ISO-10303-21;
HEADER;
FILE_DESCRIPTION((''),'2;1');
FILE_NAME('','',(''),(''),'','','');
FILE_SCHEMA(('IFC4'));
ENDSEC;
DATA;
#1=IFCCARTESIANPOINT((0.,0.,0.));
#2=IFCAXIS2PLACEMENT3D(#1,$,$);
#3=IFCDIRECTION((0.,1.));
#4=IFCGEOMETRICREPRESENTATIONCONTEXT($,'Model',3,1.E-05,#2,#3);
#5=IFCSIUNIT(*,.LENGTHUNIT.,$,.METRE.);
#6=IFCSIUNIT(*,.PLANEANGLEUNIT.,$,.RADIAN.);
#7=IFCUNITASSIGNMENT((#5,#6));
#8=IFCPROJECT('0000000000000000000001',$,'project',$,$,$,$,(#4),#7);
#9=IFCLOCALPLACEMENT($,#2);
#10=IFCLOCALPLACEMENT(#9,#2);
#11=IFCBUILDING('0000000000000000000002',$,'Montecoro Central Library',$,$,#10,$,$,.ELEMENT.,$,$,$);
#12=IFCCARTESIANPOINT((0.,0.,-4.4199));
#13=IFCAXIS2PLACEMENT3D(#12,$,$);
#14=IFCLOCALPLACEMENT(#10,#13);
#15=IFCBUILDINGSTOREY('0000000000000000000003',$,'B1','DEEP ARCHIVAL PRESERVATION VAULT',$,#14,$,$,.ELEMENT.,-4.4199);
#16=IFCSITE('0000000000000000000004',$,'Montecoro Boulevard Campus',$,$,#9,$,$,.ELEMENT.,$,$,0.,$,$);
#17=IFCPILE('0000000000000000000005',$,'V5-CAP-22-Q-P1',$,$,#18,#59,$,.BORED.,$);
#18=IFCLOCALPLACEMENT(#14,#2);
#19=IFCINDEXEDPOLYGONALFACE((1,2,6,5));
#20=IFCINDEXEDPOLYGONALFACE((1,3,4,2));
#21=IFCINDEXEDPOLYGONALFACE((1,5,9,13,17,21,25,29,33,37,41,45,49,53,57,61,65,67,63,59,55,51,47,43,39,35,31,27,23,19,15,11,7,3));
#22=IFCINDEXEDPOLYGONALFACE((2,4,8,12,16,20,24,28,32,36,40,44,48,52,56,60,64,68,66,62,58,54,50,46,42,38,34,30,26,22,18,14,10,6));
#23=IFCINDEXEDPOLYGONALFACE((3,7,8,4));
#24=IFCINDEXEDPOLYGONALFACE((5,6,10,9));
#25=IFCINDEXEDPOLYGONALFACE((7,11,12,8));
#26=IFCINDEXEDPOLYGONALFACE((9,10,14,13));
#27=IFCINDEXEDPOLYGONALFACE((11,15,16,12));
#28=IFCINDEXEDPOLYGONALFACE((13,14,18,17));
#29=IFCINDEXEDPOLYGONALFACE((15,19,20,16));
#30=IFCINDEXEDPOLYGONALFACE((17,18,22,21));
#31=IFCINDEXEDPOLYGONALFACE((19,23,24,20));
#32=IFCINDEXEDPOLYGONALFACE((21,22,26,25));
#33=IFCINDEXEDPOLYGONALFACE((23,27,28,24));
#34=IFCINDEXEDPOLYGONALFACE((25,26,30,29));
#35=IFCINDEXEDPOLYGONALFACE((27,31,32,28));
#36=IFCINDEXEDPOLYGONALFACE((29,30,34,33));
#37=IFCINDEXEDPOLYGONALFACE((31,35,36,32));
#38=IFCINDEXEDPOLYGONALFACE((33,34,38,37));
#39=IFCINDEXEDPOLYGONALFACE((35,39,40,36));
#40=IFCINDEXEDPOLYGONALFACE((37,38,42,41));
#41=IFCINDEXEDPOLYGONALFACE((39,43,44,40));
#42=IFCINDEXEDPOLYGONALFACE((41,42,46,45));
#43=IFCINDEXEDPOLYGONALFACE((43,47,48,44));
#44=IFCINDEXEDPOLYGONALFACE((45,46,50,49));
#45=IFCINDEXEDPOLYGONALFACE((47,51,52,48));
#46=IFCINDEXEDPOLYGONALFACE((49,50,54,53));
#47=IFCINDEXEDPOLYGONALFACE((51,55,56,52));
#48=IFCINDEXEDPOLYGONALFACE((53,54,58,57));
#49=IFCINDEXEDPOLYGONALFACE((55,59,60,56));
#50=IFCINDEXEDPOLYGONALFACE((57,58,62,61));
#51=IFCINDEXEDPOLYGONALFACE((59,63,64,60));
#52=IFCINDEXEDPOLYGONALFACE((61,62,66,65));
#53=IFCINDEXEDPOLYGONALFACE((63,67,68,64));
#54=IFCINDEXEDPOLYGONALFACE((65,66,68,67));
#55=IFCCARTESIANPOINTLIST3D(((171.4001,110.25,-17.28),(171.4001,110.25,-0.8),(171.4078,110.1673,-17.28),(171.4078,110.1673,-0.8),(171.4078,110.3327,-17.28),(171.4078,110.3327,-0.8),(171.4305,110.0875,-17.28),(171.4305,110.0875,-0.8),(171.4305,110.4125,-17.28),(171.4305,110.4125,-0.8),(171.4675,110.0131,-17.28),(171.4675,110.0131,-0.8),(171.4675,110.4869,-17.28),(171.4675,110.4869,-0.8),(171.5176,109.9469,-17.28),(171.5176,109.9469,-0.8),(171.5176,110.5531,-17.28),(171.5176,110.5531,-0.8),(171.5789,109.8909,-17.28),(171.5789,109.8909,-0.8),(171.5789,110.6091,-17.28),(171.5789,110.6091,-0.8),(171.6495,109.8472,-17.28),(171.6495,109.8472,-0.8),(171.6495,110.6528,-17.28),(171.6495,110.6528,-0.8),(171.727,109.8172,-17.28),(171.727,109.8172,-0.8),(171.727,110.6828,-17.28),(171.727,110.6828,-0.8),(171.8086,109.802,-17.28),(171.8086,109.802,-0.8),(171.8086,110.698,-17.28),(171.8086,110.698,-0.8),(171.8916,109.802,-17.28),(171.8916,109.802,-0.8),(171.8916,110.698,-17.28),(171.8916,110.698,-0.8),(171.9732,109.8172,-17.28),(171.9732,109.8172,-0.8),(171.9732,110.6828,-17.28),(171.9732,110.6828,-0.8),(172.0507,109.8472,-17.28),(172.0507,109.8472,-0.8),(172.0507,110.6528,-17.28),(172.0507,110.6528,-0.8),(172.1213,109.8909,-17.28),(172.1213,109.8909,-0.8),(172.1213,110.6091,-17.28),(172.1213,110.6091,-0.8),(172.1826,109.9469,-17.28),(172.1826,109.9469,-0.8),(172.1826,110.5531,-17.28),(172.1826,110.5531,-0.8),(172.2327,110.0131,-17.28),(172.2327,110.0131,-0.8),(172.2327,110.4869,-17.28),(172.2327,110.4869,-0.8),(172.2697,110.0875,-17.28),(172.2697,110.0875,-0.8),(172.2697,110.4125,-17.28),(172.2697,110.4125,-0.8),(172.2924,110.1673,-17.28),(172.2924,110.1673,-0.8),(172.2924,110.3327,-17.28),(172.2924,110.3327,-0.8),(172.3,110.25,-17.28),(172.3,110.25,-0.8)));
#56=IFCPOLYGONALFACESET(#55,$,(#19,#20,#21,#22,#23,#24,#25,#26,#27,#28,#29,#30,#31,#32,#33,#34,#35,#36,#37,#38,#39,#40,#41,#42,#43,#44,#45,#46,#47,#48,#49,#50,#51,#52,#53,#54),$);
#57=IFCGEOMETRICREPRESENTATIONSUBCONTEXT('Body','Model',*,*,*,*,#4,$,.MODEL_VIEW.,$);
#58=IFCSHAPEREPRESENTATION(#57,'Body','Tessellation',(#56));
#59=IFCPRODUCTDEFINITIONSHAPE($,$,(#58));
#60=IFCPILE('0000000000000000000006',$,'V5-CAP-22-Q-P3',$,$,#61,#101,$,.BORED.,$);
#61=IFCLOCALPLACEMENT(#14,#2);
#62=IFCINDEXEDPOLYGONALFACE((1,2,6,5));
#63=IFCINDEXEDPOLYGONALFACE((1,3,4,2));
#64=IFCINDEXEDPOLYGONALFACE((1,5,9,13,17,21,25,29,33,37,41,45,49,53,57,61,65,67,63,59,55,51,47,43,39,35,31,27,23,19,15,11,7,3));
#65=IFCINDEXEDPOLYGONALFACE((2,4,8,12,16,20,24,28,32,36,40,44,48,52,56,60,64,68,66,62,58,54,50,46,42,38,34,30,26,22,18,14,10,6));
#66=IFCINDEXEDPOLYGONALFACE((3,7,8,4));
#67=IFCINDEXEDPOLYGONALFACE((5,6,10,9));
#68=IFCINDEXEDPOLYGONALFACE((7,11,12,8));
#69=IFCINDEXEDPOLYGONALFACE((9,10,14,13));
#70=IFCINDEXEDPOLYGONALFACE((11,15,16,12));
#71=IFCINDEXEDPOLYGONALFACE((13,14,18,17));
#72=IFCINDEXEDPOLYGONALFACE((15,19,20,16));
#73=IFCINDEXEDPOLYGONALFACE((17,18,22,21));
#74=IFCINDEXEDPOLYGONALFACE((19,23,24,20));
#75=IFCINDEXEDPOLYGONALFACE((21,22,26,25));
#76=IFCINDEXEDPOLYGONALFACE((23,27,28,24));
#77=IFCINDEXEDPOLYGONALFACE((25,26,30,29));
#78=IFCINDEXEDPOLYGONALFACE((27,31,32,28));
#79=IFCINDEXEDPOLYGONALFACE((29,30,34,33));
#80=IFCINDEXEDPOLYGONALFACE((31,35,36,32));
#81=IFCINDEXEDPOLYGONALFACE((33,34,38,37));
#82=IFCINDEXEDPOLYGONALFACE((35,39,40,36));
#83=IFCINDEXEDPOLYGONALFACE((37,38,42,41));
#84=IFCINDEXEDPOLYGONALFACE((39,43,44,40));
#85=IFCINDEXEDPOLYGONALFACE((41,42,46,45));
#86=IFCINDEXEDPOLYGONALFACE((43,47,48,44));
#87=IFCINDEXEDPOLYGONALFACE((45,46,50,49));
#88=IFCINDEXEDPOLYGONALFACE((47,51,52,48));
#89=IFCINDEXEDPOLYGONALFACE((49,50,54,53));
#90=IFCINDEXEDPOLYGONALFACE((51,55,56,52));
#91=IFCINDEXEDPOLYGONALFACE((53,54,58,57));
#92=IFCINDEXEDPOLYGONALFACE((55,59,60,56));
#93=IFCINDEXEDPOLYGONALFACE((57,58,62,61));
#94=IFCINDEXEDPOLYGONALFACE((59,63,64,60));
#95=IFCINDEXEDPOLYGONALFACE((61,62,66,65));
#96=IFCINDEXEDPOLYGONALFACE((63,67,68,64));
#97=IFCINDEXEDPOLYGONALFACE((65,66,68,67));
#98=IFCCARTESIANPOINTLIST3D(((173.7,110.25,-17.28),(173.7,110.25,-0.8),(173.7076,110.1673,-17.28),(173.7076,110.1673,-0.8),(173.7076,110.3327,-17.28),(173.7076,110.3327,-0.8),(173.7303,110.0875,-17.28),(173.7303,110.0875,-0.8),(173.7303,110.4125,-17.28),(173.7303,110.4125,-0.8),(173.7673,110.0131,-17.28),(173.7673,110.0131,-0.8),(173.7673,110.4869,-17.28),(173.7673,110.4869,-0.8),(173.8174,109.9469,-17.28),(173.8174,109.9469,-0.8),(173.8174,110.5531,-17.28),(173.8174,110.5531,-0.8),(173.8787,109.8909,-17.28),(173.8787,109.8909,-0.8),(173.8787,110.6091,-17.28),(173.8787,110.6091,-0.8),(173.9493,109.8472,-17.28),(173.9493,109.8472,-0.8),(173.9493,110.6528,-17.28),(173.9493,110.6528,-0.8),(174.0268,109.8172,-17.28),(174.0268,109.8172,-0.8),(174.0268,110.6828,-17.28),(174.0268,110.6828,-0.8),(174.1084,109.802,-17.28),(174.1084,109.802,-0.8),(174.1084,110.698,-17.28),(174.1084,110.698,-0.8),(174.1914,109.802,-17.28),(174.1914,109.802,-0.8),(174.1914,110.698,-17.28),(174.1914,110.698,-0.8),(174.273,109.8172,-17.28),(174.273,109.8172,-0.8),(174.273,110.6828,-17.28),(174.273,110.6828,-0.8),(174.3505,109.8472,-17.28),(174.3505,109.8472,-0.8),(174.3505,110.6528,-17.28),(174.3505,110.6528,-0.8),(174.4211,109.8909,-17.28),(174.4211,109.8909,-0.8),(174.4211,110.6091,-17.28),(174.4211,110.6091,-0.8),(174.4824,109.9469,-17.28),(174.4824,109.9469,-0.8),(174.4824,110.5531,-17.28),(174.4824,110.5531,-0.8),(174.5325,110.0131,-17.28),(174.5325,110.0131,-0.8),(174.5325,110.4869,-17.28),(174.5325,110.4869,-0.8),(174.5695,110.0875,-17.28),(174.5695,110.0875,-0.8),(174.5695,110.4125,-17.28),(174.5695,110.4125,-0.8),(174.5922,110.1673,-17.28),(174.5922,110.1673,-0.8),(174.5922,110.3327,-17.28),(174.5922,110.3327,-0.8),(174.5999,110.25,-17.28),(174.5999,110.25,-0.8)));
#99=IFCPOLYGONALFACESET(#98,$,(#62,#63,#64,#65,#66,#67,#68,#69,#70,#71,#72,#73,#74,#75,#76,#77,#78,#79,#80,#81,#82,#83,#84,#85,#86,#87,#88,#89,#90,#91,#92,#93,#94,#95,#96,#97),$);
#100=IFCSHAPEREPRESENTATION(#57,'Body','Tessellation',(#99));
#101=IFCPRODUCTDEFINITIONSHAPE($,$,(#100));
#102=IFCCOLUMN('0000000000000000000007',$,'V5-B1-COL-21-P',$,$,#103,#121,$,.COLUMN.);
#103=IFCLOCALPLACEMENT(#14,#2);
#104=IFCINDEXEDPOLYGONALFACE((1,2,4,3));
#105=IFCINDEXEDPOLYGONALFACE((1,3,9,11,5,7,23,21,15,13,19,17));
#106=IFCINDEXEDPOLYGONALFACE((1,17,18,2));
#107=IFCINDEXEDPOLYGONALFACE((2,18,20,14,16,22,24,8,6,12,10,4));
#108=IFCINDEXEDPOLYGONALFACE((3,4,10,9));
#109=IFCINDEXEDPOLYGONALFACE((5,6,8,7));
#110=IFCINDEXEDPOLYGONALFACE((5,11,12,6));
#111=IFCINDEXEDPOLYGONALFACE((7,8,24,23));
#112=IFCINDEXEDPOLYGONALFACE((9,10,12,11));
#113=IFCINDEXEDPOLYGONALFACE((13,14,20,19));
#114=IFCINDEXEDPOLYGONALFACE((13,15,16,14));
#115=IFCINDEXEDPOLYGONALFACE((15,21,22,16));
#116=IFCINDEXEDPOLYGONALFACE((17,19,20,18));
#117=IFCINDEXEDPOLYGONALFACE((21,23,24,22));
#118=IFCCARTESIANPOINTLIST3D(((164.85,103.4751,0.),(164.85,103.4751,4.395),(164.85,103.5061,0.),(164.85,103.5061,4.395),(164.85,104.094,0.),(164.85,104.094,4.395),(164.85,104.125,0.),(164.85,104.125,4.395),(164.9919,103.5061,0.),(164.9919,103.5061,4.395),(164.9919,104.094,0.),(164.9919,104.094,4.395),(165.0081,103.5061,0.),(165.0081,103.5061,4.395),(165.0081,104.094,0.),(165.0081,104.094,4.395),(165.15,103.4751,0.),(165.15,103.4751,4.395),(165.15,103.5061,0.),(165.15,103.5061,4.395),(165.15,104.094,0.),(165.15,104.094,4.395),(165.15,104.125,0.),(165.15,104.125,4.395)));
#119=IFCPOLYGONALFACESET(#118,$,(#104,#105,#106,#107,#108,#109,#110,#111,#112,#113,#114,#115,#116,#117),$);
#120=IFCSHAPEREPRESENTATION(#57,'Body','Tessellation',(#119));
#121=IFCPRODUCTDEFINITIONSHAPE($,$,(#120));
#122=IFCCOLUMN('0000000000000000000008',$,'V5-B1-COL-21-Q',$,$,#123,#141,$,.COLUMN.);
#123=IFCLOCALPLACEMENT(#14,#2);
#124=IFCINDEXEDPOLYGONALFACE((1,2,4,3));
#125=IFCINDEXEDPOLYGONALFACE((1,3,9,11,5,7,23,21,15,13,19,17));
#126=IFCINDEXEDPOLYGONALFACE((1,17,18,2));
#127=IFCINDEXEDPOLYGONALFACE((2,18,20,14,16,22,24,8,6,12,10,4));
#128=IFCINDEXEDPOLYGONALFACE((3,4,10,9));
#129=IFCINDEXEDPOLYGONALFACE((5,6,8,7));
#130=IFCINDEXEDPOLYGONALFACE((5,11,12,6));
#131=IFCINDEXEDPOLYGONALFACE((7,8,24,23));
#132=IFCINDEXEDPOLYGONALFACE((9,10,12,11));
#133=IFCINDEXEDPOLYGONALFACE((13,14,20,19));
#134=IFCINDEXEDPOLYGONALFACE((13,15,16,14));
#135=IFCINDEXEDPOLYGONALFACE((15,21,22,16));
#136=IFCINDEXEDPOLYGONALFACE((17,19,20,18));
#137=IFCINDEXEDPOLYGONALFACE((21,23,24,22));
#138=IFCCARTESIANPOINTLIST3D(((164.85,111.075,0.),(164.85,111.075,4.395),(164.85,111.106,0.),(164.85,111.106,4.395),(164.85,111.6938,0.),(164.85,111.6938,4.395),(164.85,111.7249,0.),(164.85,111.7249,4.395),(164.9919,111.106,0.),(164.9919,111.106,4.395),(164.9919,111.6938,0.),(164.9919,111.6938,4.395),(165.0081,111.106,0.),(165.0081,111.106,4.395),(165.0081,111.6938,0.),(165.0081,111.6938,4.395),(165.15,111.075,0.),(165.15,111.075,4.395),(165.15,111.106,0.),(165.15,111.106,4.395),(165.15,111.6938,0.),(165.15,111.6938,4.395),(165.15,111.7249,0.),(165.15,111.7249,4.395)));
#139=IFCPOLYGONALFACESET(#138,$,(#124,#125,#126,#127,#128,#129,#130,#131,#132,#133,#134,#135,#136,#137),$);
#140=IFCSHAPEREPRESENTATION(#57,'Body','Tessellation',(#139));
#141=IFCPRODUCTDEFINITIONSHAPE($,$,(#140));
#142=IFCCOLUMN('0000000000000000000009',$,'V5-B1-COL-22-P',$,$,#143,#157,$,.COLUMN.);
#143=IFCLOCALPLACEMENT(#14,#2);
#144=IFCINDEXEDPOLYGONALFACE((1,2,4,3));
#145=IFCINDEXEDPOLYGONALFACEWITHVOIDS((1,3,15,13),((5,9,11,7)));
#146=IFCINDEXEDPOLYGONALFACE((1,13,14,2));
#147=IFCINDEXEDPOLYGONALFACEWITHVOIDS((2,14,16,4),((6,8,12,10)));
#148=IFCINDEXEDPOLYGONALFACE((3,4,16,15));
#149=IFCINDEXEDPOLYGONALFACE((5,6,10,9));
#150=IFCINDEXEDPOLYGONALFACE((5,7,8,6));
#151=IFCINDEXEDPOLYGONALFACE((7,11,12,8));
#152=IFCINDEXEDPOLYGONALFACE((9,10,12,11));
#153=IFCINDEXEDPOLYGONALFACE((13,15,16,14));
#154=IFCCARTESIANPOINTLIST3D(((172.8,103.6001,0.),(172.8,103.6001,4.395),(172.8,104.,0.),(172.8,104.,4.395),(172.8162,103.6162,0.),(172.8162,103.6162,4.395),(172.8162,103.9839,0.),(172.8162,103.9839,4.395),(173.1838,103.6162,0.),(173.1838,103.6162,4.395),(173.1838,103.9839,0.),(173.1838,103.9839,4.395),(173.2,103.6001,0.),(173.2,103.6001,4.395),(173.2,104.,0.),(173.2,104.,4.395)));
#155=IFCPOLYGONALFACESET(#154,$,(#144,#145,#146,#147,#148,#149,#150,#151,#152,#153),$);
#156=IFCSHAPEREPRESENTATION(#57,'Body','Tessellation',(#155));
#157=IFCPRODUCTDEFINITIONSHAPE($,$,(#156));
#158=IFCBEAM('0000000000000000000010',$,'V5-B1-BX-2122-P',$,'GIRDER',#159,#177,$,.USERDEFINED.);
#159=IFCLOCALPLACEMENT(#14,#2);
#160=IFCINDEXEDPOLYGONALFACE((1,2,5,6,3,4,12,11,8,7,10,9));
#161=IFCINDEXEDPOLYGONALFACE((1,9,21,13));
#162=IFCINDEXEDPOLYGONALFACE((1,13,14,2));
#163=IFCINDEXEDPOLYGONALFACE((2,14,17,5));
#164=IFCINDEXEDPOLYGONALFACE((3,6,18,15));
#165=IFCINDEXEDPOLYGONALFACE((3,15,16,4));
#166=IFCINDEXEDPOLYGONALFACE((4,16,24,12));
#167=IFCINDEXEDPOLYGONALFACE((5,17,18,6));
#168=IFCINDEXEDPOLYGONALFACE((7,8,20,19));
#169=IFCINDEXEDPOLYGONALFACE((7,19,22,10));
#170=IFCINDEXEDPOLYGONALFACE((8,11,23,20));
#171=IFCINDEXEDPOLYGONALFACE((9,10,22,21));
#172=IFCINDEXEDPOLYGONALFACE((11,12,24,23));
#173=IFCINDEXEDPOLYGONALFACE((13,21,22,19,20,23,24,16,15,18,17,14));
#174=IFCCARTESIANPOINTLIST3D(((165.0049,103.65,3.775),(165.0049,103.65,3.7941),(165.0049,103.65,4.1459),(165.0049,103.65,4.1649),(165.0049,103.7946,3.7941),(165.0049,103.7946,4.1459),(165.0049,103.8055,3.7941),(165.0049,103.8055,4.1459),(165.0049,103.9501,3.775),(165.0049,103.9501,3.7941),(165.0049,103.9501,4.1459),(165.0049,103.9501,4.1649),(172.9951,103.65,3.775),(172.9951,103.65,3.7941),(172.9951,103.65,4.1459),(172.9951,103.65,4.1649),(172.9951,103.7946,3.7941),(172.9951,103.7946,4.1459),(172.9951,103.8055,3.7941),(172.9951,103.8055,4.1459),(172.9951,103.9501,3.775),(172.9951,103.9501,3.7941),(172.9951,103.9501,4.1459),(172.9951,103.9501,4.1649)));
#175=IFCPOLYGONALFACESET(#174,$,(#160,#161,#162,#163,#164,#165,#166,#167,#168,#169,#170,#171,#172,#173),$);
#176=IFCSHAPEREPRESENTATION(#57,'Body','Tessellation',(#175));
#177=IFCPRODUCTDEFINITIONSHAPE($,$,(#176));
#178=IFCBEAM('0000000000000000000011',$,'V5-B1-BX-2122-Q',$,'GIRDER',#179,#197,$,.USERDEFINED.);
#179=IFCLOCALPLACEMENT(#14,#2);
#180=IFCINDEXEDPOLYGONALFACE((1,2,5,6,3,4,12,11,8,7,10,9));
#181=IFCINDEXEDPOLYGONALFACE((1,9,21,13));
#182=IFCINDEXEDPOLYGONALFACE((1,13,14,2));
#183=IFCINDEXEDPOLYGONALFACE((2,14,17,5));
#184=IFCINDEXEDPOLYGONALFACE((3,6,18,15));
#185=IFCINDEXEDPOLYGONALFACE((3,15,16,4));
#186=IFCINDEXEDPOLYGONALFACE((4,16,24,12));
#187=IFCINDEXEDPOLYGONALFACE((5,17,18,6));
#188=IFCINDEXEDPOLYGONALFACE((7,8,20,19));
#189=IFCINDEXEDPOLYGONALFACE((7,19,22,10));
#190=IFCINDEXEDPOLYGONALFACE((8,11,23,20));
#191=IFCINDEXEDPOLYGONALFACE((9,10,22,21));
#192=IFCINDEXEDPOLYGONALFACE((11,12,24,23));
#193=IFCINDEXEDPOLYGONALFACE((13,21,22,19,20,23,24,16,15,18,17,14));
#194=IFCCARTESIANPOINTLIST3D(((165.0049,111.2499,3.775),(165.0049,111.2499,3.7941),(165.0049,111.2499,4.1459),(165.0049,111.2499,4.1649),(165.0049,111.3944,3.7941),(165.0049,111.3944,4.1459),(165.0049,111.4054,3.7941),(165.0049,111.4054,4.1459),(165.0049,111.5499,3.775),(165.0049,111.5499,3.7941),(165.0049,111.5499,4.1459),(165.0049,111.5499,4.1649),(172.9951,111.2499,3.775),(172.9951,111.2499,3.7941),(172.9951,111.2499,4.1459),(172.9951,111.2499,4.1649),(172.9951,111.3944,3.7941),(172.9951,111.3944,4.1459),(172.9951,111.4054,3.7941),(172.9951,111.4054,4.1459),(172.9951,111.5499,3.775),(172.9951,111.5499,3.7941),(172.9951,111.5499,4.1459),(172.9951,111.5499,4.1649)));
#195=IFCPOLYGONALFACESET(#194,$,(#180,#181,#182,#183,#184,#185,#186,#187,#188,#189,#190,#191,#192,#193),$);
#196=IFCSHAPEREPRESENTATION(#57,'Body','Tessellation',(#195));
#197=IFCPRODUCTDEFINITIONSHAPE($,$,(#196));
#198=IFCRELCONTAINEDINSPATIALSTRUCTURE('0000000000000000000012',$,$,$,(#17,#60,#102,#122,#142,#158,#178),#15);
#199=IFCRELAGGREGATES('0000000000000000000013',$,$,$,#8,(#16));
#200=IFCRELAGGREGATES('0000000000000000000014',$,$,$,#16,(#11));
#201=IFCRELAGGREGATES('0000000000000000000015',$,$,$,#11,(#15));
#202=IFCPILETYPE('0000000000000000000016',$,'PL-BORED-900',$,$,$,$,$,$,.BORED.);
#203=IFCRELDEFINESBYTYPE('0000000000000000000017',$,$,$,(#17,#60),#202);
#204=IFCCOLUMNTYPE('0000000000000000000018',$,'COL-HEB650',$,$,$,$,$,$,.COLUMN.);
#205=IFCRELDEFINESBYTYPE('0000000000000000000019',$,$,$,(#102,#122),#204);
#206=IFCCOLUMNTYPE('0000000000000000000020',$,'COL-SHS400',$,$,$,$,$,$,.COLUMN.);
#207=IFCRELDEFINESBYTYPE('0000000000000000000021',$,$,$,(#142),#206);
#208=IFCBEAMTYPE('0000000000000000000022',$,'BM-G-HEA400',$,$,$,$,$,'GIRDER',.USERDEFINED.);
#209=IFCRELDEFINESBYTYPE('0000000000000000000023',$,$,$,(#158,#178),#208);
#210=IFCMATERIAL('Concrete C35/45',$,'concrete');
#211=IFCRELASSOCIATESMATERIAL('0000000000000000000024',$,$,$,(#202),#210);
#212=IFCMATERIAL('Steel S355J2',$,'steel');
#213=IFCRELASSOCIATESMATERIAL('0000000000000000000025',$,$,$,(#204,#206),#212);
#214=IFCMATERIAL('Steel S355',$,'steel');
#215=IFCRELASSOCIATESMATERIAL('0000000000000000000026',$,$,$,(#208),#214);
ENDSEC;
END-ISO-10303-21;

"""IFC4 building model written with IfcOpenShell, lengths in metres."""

from ifc_helpers import new_model, si_unit, direction, frame, origin, origin_2d, place, context, subcontext, project, spatial, hollow_rectangle, circle, i_section, extrude, material, material_profile, profile_set, type_object, element, save


model = new_model("IFC4")

# Units and contexts
model_context = context("Model", 3, precision=1e-05, world=origin(), true_north=direction((0.0, 1.0)))
body_context = subcontext(model_context, "Body", "Model", "MODEL_VIEW")
ifc_project = project(units=[si_unit("LENGTHUNIT", "METRE"), si_unit("PLANEANGLEUNIT", "RADIAN")], contexts=[model_context])

# Site, building, storey
site_placement = place(None, origin())
site = spatial("IfcSite", under=ifc_project, at=site_placement, Name="Montecoro Boulevard Campus", CompositionType="ELEMENT", RefElevation=0.0)
building_placement = place(site_placement, origin())
building = spatial("IfcBuilding", under=site, at=building_placement, Name="Montecoro Central Library", CompositionType="ELEMENT")
storey_placement = place(building_placement, frame((0.0, 0.0, -4.4199)))
storey = spatial("IfcBuildingStorey", under=building, at=storey_placement, Name="B1", Description="DEEP ARCHIVAL PRESERVATION VAULT", CompositionType="ELEMENT", Elevation=-4.4199)

# Shared definitions
ifc_material_1 = material(Name="Concrete C35/45", Category="concrete")

# Piles
ifc_material_profile_1 = material_profile(ifc_material_1, circle(Radius=0.45, at=origin_2d()), Name="PILE D900")
ifc_profile_set_1 = profile_set([ifc_material_profile_1], Name="Concrete C35/45")
pile_type_1 = type_object("IfcPileType", Name="PL-BORED-900", PredefinedType="BORED", material=ifc_profile_set_1)
for number, where, z_axis, x_axis, name in (
    (1, (171.8501, 110.25, -0.8), (0.0, 0.0, -1.0), (1.0, 0.0, 0.0), "V5-CAP-22-Q-P1"),
    (2, (174.1499, 110.25, -0.8), (0.0, 0.0, -1.0), (1.0, 0.0, 0.0), "V5-CAP-22-Q-P3"),
):
    element("IfcPile", number, at=place(storey_placement, frame(where, z_axis=z_axis, x_axis=x_axis)), inside=storey, type_object=pile_type_1, Name=name, PredefinedType="BORED", context=body_context, shape_type="SweptSolid", body=[
        extrude(circle(Radius=0.45, at=origin_2d()), origin(), (0.0, 0.0, 1.0), 16.48),
    ])

# Columns
ifc_material_2 = material(Name="Steel S355J2", Category="steel")
ifc_material_profile_2 = material_profile(ifc_material_2, i_section(OverallWidth=0.3, OverallDepth=0.6499, WebThickness=0.0161, FlangeThickness=0.031, at=origin_2d()), Name="HEB 650")
ifc_profile_set_2 = profile_set([ifc_material_profile_2], Name="Steel S355J2")
column_type_1 = type_object("IfcColumnType", Name="COL-HEB650", PredefinedType="COLUMN", material=ifc_profile_set_2)
for number, where, z_axis, x_axis, name in (
    (3, (165.0, 103.8, 0.0), (0.0, 0.0, 1.0), (1.0, 0.0, 0.0), "V5-B1-COL-21-P"),
    (4, (165.0, 111.3999, 0.0), (0.0, 0.0, 1.0), (1.0, 0.0, 0.0), "V5-B1-COL-21-Q"),
):
    element("IfcColumn", number, at=place(storey_placement, frame(where, z_axis=z_axis, x_axis=x_axis)), inside=storey, type_object=column_type_1, Name=name, PredefinedType="COLUMN", context=body_context, shape_type="SweptSolid", body=[
        extrude(i_section(OverallWidth=0.3, OverallDepth=0.6499, WebThickness=0.0161, FlangeThickness=0.031, at=origin_2d()), origin(), (0.0, 0.0, 1.0), 4.395),
    ])
ifc_material_profile_3 = material_profile(ifc_material_2, hollow_rectangle(XDim=0.3999, YDim=0.3999, WallThickness=0.0161, at=origin_2d()), Name="SHS 400x400x16.0")
ifc_profile_set_3 = profile_set([ifc_material_profile_3], Name="Steel S355J2")
column_type_2 = type_object("IfcColumnType", Name="COL-SHS400", PredefinedType="COLUMN", material=ifc_profile_set_3)
column_placement = place(storey_placement, frame((173.0, 103.8, 0.0), z_axis=(0.0, 0.0, 1.0), x_axis=(1.0, 0.0, 0.0)))
element("IfcColumn", 5, at=column_placement, inside=storey, type_object=column_type_2, Name="V5-B1-COL-22-P", PredefinedType="COLUMN", context=body_context, shape_type="SweptSolid", body=[
    extrude(hollow_rectangle(XDim=0.3999, YDim=0.3999, WallThickness=0.0161, at=origin_2d()), origin(), (0.0, 0.0, 1.0), 4.395),
])

# Beams
ifc_material_3 = material(Name="Steel S355", Category="steel")
ifc_material_profile_4 = material_profile(ifc_material_3, i_section(OverallWidth=0.3, OverallDepth=0.3899, WebThickness=0.011, FlangeThickness=0.019, at=origin_2d()), Name="HEA 400")
ifc_profile_set_4 = profile_set([ifc_material_profile_4], Name="Steel S355")
beam_type_1 = type_object("IfcBeamType", Name="BM-G-HEA400", ElementType="GIRDER", PredefinedType="USERDEFINED", material=ifc_profile_set_4)
for number, where, z_axis, x_axis, name in (
    (6, (165.0049, 103.8, 3.97), (1.0, 0.0, 0.0), (0.0, 1.0, 0.0), "V5-B1-BX-2122-P"),
    (7, (165.0049, 111.3999, 3.97), (1.0, 0.0, 0.0), (0.0, 1.0, 0.0), "V5-B1-BX-2122-Q"),
):
    element("IfcBeam", number, at=place(storey_placement, frame(where, z_axis=z_axis, x_axis=x_axis)), inside=storey, type_object=beam_type_1, Name=name, ObjectType="GIRDER", PredefinedType="USERDEFINED", context=body_context, shape_type="SweptSolid", body=[
        extrude(i_section(OverallWidth=0.3, OverallDepth=0.3899, WebThickness=0.011, FlangeThickness=0.019, at=origin_2d()), origin(), (0.0, 0.0, 1.0), 7.9902),
    ])

save(model, "model.ifc")
